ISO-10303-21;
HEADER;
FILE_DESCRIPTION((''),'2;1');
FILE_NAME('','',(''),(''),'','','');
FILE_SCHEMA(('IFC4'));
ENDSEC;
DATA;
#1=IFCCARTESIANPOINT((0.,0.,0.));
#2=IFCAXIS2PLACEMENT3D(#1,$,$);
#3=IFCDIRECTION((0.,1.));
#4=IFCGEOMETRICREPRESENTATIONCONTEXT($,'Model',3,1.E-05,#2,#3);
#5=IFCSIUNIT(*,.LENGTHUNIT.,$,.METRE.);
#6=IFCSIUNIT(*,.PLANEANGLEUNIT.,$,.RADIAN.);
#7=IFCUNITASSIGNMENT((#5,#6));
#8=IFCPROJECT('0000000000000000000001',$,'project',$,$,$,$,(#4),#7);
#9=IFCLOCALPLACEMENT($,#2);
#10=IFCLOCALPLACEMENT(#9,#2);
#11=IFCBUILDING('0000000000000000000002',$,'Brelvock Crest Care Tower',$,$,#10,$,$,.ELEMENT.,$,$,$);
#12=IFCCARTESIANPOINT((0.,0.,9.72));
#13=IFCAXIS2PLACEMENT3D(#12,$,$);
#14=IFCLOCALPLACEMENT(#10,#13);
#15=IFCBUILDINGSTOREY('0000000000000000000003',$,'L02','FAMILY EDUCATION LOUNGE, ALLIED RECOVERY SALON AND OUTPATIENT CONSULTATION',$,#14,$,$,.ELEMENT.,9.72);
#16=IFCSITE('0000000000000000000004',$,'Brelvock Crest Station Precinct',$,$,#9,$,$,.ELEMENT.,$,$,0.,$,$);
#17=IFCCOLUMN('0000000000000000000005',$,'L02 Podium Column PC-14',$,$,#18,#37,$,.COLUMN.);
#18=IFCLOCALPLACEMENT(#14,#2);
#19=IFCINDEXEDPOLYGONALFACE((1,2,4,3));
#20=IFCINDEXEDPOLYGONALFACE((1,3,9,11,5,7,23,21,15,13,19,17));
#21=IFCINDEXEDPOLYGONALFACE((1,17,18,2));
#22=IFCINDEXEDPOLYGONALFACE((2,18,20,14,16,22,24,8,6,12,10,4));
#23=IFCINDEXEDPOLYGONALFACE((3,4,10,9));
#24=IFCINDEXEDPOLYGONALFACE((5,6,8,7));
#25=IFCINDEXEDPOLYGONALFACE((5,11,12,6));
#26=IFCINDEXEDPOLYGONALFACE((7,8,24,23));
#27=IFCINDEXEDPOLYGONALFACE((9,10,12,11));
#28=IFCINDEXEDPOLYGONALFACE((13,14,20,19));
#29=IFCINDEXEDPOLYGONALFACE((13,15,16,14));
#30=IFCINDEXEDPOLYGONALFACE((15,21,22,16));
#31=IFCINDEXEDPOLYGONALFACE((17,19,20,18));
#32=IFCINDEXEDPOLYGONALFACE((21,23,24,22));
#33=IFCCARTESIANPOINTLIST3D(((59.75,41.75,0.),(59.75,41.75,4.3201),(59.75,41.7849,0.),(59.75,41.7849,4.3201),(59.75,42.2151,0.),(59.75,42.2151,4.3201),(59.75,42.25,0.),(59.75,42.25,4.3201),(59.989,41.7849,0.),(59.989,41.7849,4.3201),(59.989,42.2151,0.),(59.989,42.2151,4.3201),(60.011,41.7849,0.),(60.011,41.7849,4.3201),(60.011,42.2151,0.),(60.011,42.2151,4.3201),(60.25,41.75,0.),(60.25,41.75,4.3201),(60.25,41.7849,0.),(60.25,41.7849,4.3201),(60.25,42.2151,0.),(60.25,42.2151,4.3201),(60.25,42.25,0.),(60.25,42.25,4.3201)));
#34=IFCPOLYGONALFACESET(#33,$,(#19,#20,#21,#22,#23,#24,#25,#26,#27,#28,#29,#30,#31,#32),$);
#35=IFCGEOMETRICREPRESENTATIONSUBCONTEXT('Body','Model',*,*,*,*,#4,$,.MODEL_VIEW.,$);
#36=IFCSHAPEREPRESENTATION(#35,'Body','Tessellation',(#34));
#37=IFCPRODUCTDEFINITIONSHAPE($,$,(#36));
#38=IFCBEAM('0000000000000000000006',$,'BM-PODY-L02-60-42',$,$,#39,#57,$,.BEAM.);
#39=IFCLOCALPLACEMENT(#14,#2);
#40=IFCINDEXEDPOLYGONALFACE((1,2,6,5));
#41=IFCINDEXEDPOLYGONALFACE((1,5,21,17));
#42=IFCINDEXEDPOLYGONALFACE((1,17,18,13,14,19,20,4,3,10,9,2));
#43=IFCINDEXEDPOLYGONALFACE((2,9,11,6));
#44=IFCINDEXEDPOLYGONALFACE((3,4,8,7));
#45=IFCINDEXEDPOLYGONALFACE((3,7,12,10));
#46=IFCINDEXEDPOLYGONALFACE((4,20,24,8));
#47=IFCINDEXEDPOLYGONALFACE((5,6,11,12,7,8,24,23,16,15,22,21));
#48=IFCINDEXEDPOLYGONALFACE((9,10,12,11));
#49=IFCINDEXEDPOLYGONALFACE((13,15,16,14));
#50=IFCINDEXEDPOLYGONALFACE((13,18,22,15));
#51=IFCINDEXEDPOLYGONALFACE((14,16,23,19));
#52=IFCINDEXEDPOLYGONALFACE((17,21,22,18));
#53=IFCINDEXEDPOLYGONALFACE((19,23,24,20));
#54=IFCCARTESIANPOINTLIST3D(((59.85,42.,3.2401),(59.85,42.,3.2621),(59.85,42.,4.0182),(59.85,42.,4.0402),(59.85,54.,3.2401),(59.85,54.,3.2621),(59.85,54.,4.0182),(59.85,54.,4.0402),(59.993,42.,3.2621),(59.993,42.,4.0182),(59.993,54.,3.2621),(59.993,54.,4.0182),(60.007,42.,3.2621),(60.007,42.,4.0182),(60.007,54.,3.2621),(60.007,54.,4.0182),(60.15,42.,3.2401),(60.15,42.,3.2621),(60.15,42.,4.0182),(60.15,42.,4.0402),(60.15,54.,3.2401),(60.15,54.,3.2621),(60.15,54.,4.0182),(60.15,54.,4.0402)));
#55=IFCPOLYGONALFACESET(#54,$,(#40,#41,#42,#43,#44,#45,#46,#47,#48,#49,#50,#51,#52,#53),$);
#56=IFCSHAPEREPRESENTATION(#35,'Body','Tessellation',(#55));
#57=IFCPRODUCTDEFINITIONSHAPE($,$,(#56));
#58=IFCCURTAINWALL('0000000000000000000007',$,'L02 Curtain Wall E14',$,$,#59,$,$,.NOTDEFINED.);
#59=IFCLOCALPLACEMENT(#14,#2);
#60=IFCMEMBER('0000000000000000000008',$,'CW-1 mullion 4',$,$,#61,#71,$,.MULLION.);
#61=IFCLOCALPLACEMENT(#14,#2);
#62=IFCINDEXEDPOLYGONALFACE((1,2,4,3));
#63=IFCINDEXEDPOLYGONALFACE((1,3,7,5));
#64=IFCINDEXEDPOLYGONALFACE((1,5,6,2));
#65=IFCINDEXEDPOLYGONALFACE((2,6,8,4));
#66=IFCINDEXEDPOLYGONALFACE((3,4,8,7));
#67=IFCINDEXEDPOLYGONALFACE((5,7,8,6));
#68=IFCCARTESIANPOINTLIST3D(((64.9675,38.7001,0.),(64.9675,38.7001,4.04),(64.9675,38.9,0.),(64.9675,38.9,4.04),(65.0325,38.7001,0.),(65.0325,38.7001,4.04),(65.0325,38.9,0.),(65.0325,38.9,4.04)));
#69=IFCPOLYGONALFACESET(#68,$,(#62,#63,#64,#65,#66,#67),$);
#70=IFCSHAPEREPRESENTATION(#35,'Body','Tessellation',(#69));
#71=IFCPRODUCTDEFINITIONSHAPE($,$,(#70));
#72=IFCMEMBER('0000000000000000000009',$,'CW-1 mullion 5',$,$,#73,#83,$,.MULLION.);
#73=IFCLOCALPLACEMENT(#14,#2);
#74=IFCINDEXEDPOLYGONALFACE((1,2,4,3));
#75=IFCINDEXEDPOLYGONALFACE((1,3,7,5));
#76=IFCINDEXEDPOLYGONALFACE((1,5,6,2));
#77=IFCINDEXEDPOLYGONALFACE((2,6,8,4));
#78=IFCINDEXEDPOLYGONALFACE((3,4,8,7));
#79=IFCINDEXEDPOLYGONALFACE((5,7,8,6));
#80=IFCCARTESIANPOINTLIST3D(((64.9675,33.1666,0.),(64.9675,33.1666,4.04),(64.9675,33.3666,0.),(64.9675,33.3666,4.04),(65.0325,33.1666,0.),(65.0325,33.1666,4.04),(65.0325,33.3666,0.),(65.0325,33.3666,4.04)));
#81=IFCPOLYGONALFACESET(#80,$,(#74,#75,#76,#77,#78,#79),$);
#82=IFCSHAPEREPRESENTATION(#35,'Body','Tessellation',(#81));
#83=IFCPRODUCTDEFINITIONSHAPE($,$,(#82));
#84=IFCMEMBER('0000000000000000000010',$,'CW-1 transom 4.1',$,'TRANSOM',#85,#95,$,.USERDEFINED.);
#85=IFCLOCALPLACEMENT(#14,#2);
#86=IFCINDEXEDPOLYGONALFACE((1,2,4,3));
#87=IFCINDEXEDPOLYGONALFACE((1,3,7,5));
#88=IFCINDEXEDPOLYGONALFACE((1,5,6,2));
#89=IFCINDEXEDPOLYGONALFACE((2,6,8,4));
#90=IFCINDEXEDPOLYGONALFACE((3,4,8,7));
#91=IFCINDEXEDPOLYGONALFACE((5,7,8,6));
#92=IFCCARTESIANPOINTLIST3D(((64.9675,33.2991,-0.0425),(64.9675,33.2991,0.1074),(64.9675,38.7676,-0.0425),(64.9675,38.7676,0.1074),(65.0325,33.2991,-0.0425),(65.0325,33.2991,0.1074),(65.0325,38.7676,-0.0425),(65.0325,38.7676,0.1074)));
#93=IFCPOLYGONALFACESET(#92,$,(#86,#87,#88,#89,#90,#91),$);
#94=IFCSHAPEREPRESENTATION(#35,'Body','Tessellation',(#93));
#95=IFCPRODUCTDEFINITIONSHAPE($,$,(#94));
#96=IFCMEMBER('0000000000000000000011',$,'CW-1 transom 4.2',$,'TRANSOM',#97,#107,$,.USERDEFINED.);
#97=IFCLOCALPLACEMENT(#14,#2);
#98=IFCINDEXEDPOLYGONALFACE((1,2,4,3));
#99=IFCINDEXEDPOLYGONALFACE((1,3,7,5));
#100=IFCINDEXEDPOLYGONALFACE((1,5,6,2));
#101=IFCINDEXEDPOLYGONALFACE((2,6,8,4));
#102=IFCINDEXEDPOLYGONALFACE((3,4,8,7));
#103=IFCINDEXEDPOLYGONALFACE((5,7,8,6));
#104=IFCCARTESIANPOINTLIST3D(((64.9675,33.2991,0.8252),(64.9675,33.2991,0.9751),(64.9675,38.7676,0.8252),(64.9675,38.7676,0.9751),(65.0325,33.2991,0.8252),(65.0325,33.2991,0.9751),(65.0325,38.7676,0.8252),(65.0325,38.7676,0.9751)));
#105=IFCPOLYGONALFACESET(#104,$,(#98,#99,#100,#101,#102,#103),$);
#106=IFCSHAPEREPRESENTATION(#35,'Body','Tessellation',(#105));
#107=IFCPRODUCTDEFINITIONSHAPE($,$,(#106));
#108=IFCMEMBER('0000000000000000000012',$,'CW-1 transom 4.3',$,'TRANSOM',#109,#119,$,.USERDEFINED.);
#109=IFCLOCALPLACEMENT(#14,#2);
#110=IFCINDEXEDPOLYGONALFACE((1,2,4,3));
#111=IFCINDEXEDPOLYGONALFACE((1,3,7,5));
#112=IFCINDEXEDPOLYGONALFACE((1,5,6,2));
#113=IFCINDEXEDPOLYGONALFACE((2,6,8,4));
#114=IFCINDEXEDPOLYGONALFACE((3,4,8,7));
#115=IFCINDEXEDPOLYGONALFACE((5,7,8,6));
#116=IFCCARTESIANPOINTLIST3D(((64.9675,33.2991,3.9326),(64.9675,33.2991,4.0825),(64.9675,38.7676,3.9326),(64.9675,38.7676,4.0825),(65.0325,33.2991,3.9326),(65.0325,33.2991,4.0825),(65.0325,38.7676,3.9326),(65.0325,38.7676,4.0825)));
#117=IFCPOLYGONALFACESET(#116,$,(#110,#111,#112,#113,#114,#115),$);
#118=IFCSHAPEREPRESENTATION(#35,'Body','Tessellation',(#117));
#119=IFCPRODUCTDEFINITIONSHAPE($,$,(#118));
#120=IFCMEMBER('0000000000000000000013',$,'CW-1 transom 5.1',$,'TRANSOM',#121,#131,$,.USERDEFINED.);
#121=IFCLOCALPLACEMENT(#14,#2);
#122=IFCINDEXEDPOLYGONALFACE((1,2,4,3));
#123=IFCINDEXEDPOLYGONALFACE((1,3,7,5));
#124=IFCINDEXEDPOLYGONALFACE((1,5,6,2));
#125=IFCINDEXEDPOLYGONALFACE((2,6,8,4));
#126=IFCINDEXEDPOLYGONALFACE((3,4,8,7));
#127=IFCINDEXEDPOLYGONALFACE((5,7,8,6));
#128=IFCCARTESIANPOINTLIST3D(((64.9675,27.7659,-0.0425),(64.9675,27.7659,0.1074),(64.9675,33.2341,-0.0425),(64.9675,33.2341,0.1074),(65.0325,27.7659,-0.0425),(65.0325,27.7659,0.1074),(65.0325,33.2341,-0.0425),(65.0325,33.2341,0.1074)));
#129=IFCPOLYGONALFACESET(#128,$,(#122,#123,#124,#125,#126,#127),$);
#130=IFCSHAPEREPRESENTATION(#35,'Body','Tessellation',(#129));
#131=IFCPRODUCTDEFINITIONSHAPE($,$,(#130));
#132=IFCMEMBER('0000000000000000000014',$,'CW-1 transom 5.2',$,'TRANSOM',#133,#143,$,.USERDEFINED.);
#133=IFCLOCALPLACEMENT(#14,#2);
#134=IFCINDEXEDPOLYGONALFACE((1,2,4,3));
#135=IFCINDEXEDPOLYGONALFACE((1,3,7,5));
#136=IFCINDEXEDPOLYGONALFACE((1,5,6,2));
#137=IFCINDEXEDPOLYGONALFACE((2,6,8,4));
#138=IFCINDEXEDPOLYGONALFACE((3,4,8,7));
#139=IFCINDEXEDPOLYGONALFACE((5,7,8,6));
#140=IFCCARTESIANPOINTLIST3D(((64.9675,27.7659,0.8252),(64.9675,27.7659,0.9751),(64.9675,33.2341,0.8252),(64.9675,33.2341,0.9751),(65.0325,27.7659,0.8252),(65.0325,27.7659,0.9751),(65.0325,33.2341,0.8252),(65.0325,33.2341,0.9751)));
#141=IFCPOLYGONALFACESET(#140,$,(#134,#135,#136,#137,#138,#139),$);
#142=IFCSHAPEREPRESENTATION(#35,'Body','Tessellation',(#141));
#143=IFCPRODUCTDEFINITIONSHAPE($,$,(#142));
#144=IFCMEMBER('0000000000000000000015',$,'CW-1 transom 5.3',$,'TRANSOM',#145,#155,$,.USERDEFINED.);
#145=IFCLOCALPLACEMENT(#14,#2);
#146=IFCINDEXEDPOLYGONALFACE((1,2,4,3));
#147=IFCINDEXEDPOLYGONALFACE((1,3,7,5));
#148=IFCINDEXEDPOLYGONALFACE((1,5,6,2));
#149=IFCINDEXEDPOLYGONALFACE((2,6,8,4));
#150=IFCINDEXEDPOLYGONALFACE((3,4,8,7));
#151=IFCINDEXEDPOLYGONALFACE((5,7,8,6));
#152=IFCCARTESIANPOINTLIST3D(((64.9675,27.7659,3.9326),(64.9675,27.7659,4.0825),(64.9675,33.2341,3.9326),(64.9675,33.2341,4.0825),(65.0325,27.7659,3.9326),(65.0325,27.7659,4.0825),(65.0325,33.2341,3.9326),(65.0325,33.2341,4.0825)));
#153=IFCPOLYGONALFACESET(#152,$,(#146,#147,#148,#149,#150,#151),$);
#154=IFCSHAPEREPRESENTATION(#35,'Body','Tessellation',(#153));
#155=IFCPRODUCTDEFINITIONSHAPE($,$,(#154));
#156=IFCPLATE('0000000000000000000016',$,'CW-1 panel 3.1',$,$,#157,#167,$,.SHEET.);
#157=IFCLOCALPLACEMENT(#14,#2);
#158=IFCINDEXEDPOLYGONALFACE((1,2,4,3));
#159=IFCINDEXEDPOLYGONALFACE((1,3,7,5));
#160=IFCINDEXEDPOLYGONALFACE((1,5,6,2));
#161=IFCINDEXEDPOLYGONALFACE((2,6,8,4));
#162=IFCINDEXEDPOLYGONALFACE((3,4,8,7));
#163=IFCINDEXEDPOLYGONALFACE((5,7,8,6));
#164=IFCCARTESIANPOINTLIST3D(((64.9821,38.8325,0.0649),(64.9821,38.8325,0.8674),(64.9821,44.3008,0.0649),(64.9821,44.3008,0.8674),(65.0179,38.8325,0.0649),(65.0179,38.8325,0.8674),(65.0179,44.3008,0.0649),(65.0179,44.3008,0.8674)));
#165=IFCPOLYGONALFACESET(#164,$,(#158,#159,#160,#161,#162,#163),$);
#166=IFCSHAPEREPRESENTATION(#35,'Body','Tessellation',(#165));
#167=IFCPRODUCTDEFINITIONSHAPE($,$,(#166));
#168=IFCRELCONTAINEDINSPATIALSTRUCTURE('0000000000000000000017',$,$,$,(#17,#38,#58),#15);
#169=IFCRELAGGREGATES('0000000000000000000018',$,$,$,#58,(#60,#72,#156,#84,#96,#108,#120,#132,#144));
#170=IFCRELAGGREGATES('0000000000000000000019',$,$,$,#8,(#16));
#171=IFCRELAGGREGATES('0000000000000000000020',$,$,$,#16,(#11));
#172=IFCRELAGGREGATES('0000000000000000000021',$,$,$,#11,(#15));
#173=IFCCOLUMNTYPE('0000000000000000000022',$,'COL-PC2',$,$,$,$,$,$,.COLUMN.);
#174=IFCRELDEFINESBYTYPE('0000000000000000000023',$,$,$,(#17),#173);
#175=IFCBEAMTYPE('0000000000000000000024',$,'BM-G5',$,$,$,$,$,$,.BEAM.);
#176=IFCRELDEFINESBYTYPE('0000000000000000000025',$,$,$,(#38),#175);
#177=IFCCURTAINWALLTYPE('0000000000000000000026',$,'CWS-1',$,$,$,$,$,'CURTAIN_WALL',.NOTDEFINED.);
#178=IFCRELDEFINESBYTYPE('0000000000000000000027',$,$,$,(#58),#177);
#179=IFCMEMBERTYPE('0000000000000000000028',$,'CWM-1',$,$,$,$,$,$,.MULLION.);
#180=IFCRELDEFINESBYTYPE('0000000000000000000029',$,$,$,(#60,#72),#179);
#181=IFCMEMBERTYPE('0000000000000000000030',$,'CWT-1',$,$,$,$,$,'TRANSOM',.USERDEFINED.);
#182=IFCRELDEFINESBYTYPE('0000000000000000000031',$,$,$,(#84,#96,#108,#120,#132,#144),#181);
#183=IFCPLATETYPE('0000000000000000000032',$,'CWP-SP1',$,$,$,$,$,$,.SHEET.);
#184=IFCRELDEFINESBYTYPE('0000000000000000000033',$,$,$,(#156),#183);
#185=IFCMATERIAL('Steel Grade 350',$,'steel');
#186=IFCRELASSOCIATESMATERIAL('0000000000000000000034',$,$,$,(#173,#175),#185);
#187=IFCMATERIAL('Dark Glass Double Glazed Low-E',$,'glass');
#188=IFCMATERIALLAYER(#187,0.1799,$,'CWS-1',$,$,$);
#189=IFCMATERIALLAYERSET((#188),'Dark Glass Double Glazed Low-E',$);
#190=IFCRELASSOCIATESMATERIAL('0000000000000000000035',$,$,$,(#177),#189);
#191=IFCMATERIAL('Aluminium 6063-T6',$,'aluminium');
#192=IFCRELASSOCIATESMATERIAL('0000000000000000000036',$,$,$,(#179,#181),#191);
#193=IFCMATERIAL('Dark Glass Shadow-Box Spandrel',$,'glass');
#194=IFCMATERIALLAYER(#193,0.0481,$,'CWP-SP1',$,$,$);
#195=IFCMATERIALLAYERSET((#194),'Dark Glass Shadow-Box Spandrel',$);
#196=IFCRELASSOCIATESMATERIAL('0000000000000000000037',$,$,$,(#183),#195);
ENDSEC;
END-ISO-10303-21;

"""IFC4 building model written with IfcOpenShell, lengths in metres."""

from ifc_helpers import new_model, si_unit, direction, frame, origin, origin_2d, place, context, subcontext, project, spatial, rectangle, i_section, extrude, source, transform, mapped, material, layer, layer_set, material_profile, profile_set, type_object, element, aggregate, save


model = new_model("IFC4")

# Units and contexts
model_context = context("Model", 3, precision=1e-05, world=origin(), true_north=direction((0.0, 1.0)))
body_context = subcontext(model_context, "Body", "Model", "MODEL_VIEW")
ifc_project = project(units=[si_unit("LENGTHUNIT", "METRE"), si_unit("PLANEANGLEUNIT", "RADIAN")], contexts=[model_context])

# Site, building, storey
site_placement = place(None, origin())
site = spatial("IfcSite", under=ifc_project, at=site_placement, Name="Brelvock Crest Station Precinct", CompositionType="ELEMENT", RefElevation=0.0)
building_placement = place(site_placement, origin())
building = spatial("IfcBuilding", under=site, at=building_placement, Name="Brelvock Crest Care Tower", CompositionType="ELEMENT")
storey_placement = place(building_placement, frame((0.0, 0.0, 9.72)))
storey = spatial("IfcBuildingStorey", under=building, at=storey_placement, Name="L02", Description="FAMILY EDUCATION LOUNGE, ALLIED RECOVERY SALON AND OUTPATIENT CONSULTATION", CompositionType="ELEMENT", Elevation=9.72)

# Column
ifc_material_1 = material(Name="Steel Grade 350", Category="steel")
ifc_material_profile_1 = material_profile(ifc_material_1, i_section(OverallWidth=0.5, OverallDepth=0.5, WebThickness=0.022, FlangeThickness=0.0349, at=origin_2d()), Name="500WC340")
ifc_profile_set_1 = profile_set([ifc_material_profile_1], Name="Steel Grade 350")
column_type = type_object("IfcColumnType", Name="COL-PC2", PredefinedType="COLUMN", material=ifc_profile_set_1)
shared_shape_1 = source(origin(), body_context, "Body", "SweptSolid", [
    extrude(i_section(OverallWidth=0.5, OverallDepth=0.5, WebThickness=0.022, FlangeThickness=0.0349, at=origin_2d()), origin(), (0.0, 0.0, 1.0), 4.3201),
])
column_placement = place(storey_placement, frame((60.0, 42.0, 0.0), z_axis=(0.0, 0.0, 1.0), x_axis=(1.0, 0.0, 0.0)))
element("IfcColumn", 1, at=column_placement, inside=storey, type_object=column_type, Name="L02 Podium Column PC-14", PredefinedType="COLUMN", context=body_context, shape_type="MappedRepresentation", body=[
    mapped(shared_shape_1, transform((0.0, 0.0, 0.0), x_axis=(1.0, 0.0, 0.0), y_axis=(0.0, 1.0, 0.0), z_axis=(0.0, 0.0, 1.0), scale=1.0)),
])

# Beam
ifc_material_profile_2 = material_profile(ifc_material_1, i_section(OverallWidth=0.3, OverallDepth=0.8, WebThickness=0.0139, FlangeThickness=0.022, at=origin_2d()), Name="800WB192")
ifc_profile_set_2 = profile_set([ifc_material_profile_2], Name="Steel Grade 350")
beam_type = type_object("IfcBeamType", Name="BM-G5", PredefinedType="BEAM", material=ifc_profile_set_2)
shared_shape_2 = source(origin(), body_context, "Body", "SweptSolid", [
    extrude(i_section(OverallWidth=0.3, OverallDepth=0.8, WebThickness=0.0139, FlangeThickness=0.022, at=origin_2d()), origin(), (0.0, 0.0, 1.0), 12.0),
])
beam_placement = place(storey_placement, frame((60.0, 42.0, 3.6401), z_axis=(0.0, 1.0, 0.0), x_axis=(-1.0, 0.0, 0.0)))
element("IfcBeam", 2, at=beam_placement, inside=storey, type_object=beam_type, Name="BM-PODY-L02-60-42", PredefinedType="BEAM", context=body_context, shape_type="MappedRepresentation", body=[
    mapped(shared_shape_2, transform((0.0, 0.0, 0.0), x_axis=(1.0, 0.0, 0.0), y_axis=(0.0, 1.0, 0.0), z_axis=(0.0, 0.0, 1.0), scale=1.0)),
])

# Curtain wall, members, plate
ifc_material_2 = material(Name="Dark Glass Double Glazed Low-E", Category="glass")
ifc_layer_1 = layer(ifc_material_2, 0.1799, Name="CWS-1")
ifc_layer_set_1 = layer_set([ifc_layer_1], Name="Dark Glass Double Glazed Low-E")
curtain_wall_type = type_object("IfcCurtainWallType", Name="CWS-1", ElementType="CURTAIN_WALL", PredefinedType="NOTDEFINED", material=ifc_layer_set_1)
curtain_wall_placement = place(storey_placement, origin())
curtain_wall = element("IfcCurtainWall", 3, at=curtain_wall_placement, inside=storey, type_object=curtain_wall_type, Name="L02 Curtain Wall E14", PredefinedType="NOTDEFINED")
ifc_material_3 = material(Name="Aluminium 6063-T6", Category="aluminium")
ifc_material_profile_3 = material_profile(ifc_material_3, rectangle(XDim=0.0649, YDim=0.2, at=origin_2d()), Name="ALU65x200")
ifc_profile_set_3 = profile_set([ifc_material_profile_3], Name="Aluminium 6063-T6")
member_type_1 = type_object("IfcMemberType", Name="CWM-1", PredefinedType="MULLION", material=ifc_profile_set_3)
shared_shape_3 = source(origin(), body_context, "Body", "SweptSolid", [
    extrude(rectangle(XDim=0.0649, YDim=0.2, at=origin_2d()), origin(), (0.0, 0.0, 1.0), 4.04),
])
member_1_placement = place(storey_placement, frame((65.0, 38.8, 0.0), z_axis=(0.0, 0.0, 1.0), x_axis=(1.0, 0.0, 0.0)))
member_1 = element("IfcMember", 4, at=member_1_placement, type_object=member_type_1, Name="CW-1 mullion 4", PredefinedType="MULLION", context=body_context, shape_type="MappedRepresentation", body=[
    mapped(shared_shape_3, transform((0.0, 0.0, 0.0), x_axis=(1.0, 0.0, 0.0), y_axis=(0.0, 1.0, 0.0), z_axis=(0.0, 0.0, 1.0), scale=1.0)),
])
member_2_placement = place(storey_placement, frame((65.0, 33.2666, 0.0), z_axis=(0.0, 0.0, 1.0), x_axis=(1.0, 0.0, 0.0)))
member_2 = element("IfcMember", 5, at=member_2_placement, type_object=member_type_1, Name="CW-1 mullion 5", PredefinedType="MULLION", context=body_context, shape_type="MappedRepresentation", body=[
    mapped(shared_shape_3, transform((0.0, 0.0, 0.0), x_axis=(1.0, 0.0, 0.0), y_axis=(0.0, 1.0, 0.0), z_axis=(0.0, 0.0, 1.0), scale=1.0)),
])
ifc_material_profile_4 = material_profile(ifc_material_3, rectangle(XDim=0.0649, YDim=0.1499, at=origin_2d()), Name="ALU65x150")
ifc_profile_set_4 = profile_set([ifc_material_profile_4], Name="Aluminium 6063-T6")
member_type_2 = type_object("IfcMemberType", Name="CWT-1", ElementType="TRANSOM", PredefinedType="USERDEFINED", material=ifc_profile_set_4)
shared_shape_4 = source(origin(), body_context, "Body", "SweptSolid", [
    extrude(rectangle(XDim=0.0649, YDim=0.1499, at=origin_2d()), origin(), (0.0, 0.0, 1.0), 5.4685),
])
member_3_placement = place(storey_placement, frame((65.0, 38.7676, 0.0325), z_axis=(0.0, -1.0, 0.0), x_axis=(1.0, 0.0, 0.0)))
member_3 = element("IfcMember", 6, at=member_3_placement, type_object=member_type_2, Name="CW-1 transom 4.1", ObjectType="TRANSOM", PredefinedType="USERDEFINED", context=body_context, shape_type="MappedRepresentation", body=[
    mapped(shared_shape_4, transform((0.0, 0.0, 0.0), x_axis=(1.0, 0.0, 0.0), y_axis=(0.0, 1.0, 0.0), z_axis=(0.0, 0.0, 1.0), scale=1.0)),
])
member_4_placement = place(storey_placement, frame((65.0, 38.7676, 0.9001), z_axis=(0.0, -1.0, 0.0), x_axis=(1.0, 0.0, 0.0)))
member_4 = element("IfcMember", 7, at=member_4_placement, type_object=member_type_2, Name="CW-1 transom 4.2", ObjectType="TRANSOM", PredefinedType="USERDEFINED", context=body_context, shape_type="MappedRepresentation", body=[
    mapped(shared_shape_4, transform((0.0, 0.0, 0.0), x_axis=(1.0, 0.0, 0.0), y_axis=(0.0, 1.0, 0.0), z_axis=(0.0, 0.0, 1.0), scale=1.0)),
])
member_5_placement = place(storey_placement, frame((65.0, 38.7676, 4.0076), z_axis=(0.0, -1.0, 0.0), x_axis=(1.0, 0.0, 0.0)))
member_5 = element("IfcMember", 8, at=member_5_placement, type_object=member_type_2, Name="CW-1 transom 4.3", ObjectType="TRANSOM", PredefinedType="USERDEFINED", context=body_context, shape_type="MappedRepresentation", body=[
    mapped(shared_shape_4, transform((0.0, 0.0, 0.0), x_axis=(1.0, 0.0, 0.0), y_axis=(0.0, 1.0, 0.0), z_axis=(0.0, 0.0, 1.0), scale=1.0)),
])
shared_shape_5 = source(origin(), body_context, "Body", "SweptSolid", [
    extrude(rectangle(XDim=0.0649, YDim=0.1499, at=origin_2d()), origin(), (0.0, 0.0, 1.0), 5.4683),
])
member_6_placement = place(storey_placement, frame((65.0, 33.2341, 0.0325), z_axis=(0.0, -1.0, 0.0), x_axis=(1.0, 0.0, 0.0)))
member_6 = element("IfcMember", 9, at=member_6_placement, type_object=member_type_2, Name="CW-1 transom 5.1", ObjectType="TRANSOM", PredefinedType="USERDEFINED", context=body_context, shape_type="MappedRepresentation", body=[
    mapped(shared_shape_5, transform((0.0, 0.0, 0.0), x_axis=(1.0, 0.0, 0.0), y_axis=(0.0, 1.0, 0.0), z_axis=(0.0, 0.0, 1.0), scale=1.0)),
])
member_7_placement = place(storey_placement, frame((65.0, 33.2341, 0.9001), z_axis=(0.0, -1.0, 0.0), x_axis=(1.0, 0.0, 0.0)))
member_7 = element("IfcMember", 10, at=member_7_placement, type_object=member_type_2, Name="CW-1 transom 5.2", ObjectType="TRANSOM", PredefinedType="USERDEFINED", context=body_context, shape_type="MappedRepresentation", body=[
    mapped(shared_shape_5, transform((0.0, 0.0, 0.0), x_axis=(1.0, 0.0, 0.0), y_axis=(0.0, 1.0, 0.0), z_axis=(0.0, 0.0, 1.0), scale=1.0)),
])
member_8_placement = place(storey_placement, frame((65.0, 33.2341, 4.0076), z_axis=(0.0, -1.0, 0.0), x_axis=(1.0, 0.0, 0.0)))
member_8 = element("IfcMember", 11, at=member_8_placement, type_object=member_type_2, Name="CW-1 transom 5.3", ObjectType="TRANSOM", PredefinedType="USERDEFINED", context=body_context, shape_type="MappedRepresentation", body=[
    mapped(shared_shape_5, transform((0.0, 0.0, 0.0), x_axis=(1.0, 0.0, 0.0), y_axis=(0.0, 1.0, 0.0), z_axis=(0.0, 0.0, 1.0), scale=1.0)),
])
ifc_material_4 = material(Name="Dark Glass Shadow-Box Spandrel", Category="glass")
ifc_layer_2 = layer(ifc_material_4, 0.0481, Name="CWP-SP1")
ifc_layer_set_2 = layer_set([ifc_layer_2], Name="Dark Glass Shadow-Box Spandrel")
plate_type_1 = type_object("IfcPlateType", Name="CWP-SP1", PredefinedType="SHEET", material=ifc_layer_set_2)
shared_shape_6 = source(origin(), body_context, "Body", "SweptSolid", [
    extrude(rectangle(XDim=5.4683, YDim=0.0359, at=origin_2d()), origin(), (0.0, 0.0, 1.0), 0.8025),
])
plate_1_placement = place(storey_placement, frame((65.0, 41.5667, 0.0649), z_axis=(0.0, 0.0, 1.0), x_axis=(0.0, -1.0, 0.0)))
plate_1 = element("IfcPlate", 12, at=plate_1_placement, type_object=plate_type_1, Name="CW-1 panel 3.1", PredefinedType="SHEET", context=body_context, shape_type="MappedRepresentation", body=[
    mapped(shared_shape_6, transform((0.0, 0.0, 0.0), x_axis=(1.0, 0.0, 0.0), y_axis=(0.0, 1.0, 0.0), z_axis=(0.0, 0.0, 1.0), scale=1.0)),
])
aggregate(curtain_wall, [member_1, member_2, plate_1, member_3, member_4, member_5, member_6, member_7, member_8])

save(model, "model.ifc")
